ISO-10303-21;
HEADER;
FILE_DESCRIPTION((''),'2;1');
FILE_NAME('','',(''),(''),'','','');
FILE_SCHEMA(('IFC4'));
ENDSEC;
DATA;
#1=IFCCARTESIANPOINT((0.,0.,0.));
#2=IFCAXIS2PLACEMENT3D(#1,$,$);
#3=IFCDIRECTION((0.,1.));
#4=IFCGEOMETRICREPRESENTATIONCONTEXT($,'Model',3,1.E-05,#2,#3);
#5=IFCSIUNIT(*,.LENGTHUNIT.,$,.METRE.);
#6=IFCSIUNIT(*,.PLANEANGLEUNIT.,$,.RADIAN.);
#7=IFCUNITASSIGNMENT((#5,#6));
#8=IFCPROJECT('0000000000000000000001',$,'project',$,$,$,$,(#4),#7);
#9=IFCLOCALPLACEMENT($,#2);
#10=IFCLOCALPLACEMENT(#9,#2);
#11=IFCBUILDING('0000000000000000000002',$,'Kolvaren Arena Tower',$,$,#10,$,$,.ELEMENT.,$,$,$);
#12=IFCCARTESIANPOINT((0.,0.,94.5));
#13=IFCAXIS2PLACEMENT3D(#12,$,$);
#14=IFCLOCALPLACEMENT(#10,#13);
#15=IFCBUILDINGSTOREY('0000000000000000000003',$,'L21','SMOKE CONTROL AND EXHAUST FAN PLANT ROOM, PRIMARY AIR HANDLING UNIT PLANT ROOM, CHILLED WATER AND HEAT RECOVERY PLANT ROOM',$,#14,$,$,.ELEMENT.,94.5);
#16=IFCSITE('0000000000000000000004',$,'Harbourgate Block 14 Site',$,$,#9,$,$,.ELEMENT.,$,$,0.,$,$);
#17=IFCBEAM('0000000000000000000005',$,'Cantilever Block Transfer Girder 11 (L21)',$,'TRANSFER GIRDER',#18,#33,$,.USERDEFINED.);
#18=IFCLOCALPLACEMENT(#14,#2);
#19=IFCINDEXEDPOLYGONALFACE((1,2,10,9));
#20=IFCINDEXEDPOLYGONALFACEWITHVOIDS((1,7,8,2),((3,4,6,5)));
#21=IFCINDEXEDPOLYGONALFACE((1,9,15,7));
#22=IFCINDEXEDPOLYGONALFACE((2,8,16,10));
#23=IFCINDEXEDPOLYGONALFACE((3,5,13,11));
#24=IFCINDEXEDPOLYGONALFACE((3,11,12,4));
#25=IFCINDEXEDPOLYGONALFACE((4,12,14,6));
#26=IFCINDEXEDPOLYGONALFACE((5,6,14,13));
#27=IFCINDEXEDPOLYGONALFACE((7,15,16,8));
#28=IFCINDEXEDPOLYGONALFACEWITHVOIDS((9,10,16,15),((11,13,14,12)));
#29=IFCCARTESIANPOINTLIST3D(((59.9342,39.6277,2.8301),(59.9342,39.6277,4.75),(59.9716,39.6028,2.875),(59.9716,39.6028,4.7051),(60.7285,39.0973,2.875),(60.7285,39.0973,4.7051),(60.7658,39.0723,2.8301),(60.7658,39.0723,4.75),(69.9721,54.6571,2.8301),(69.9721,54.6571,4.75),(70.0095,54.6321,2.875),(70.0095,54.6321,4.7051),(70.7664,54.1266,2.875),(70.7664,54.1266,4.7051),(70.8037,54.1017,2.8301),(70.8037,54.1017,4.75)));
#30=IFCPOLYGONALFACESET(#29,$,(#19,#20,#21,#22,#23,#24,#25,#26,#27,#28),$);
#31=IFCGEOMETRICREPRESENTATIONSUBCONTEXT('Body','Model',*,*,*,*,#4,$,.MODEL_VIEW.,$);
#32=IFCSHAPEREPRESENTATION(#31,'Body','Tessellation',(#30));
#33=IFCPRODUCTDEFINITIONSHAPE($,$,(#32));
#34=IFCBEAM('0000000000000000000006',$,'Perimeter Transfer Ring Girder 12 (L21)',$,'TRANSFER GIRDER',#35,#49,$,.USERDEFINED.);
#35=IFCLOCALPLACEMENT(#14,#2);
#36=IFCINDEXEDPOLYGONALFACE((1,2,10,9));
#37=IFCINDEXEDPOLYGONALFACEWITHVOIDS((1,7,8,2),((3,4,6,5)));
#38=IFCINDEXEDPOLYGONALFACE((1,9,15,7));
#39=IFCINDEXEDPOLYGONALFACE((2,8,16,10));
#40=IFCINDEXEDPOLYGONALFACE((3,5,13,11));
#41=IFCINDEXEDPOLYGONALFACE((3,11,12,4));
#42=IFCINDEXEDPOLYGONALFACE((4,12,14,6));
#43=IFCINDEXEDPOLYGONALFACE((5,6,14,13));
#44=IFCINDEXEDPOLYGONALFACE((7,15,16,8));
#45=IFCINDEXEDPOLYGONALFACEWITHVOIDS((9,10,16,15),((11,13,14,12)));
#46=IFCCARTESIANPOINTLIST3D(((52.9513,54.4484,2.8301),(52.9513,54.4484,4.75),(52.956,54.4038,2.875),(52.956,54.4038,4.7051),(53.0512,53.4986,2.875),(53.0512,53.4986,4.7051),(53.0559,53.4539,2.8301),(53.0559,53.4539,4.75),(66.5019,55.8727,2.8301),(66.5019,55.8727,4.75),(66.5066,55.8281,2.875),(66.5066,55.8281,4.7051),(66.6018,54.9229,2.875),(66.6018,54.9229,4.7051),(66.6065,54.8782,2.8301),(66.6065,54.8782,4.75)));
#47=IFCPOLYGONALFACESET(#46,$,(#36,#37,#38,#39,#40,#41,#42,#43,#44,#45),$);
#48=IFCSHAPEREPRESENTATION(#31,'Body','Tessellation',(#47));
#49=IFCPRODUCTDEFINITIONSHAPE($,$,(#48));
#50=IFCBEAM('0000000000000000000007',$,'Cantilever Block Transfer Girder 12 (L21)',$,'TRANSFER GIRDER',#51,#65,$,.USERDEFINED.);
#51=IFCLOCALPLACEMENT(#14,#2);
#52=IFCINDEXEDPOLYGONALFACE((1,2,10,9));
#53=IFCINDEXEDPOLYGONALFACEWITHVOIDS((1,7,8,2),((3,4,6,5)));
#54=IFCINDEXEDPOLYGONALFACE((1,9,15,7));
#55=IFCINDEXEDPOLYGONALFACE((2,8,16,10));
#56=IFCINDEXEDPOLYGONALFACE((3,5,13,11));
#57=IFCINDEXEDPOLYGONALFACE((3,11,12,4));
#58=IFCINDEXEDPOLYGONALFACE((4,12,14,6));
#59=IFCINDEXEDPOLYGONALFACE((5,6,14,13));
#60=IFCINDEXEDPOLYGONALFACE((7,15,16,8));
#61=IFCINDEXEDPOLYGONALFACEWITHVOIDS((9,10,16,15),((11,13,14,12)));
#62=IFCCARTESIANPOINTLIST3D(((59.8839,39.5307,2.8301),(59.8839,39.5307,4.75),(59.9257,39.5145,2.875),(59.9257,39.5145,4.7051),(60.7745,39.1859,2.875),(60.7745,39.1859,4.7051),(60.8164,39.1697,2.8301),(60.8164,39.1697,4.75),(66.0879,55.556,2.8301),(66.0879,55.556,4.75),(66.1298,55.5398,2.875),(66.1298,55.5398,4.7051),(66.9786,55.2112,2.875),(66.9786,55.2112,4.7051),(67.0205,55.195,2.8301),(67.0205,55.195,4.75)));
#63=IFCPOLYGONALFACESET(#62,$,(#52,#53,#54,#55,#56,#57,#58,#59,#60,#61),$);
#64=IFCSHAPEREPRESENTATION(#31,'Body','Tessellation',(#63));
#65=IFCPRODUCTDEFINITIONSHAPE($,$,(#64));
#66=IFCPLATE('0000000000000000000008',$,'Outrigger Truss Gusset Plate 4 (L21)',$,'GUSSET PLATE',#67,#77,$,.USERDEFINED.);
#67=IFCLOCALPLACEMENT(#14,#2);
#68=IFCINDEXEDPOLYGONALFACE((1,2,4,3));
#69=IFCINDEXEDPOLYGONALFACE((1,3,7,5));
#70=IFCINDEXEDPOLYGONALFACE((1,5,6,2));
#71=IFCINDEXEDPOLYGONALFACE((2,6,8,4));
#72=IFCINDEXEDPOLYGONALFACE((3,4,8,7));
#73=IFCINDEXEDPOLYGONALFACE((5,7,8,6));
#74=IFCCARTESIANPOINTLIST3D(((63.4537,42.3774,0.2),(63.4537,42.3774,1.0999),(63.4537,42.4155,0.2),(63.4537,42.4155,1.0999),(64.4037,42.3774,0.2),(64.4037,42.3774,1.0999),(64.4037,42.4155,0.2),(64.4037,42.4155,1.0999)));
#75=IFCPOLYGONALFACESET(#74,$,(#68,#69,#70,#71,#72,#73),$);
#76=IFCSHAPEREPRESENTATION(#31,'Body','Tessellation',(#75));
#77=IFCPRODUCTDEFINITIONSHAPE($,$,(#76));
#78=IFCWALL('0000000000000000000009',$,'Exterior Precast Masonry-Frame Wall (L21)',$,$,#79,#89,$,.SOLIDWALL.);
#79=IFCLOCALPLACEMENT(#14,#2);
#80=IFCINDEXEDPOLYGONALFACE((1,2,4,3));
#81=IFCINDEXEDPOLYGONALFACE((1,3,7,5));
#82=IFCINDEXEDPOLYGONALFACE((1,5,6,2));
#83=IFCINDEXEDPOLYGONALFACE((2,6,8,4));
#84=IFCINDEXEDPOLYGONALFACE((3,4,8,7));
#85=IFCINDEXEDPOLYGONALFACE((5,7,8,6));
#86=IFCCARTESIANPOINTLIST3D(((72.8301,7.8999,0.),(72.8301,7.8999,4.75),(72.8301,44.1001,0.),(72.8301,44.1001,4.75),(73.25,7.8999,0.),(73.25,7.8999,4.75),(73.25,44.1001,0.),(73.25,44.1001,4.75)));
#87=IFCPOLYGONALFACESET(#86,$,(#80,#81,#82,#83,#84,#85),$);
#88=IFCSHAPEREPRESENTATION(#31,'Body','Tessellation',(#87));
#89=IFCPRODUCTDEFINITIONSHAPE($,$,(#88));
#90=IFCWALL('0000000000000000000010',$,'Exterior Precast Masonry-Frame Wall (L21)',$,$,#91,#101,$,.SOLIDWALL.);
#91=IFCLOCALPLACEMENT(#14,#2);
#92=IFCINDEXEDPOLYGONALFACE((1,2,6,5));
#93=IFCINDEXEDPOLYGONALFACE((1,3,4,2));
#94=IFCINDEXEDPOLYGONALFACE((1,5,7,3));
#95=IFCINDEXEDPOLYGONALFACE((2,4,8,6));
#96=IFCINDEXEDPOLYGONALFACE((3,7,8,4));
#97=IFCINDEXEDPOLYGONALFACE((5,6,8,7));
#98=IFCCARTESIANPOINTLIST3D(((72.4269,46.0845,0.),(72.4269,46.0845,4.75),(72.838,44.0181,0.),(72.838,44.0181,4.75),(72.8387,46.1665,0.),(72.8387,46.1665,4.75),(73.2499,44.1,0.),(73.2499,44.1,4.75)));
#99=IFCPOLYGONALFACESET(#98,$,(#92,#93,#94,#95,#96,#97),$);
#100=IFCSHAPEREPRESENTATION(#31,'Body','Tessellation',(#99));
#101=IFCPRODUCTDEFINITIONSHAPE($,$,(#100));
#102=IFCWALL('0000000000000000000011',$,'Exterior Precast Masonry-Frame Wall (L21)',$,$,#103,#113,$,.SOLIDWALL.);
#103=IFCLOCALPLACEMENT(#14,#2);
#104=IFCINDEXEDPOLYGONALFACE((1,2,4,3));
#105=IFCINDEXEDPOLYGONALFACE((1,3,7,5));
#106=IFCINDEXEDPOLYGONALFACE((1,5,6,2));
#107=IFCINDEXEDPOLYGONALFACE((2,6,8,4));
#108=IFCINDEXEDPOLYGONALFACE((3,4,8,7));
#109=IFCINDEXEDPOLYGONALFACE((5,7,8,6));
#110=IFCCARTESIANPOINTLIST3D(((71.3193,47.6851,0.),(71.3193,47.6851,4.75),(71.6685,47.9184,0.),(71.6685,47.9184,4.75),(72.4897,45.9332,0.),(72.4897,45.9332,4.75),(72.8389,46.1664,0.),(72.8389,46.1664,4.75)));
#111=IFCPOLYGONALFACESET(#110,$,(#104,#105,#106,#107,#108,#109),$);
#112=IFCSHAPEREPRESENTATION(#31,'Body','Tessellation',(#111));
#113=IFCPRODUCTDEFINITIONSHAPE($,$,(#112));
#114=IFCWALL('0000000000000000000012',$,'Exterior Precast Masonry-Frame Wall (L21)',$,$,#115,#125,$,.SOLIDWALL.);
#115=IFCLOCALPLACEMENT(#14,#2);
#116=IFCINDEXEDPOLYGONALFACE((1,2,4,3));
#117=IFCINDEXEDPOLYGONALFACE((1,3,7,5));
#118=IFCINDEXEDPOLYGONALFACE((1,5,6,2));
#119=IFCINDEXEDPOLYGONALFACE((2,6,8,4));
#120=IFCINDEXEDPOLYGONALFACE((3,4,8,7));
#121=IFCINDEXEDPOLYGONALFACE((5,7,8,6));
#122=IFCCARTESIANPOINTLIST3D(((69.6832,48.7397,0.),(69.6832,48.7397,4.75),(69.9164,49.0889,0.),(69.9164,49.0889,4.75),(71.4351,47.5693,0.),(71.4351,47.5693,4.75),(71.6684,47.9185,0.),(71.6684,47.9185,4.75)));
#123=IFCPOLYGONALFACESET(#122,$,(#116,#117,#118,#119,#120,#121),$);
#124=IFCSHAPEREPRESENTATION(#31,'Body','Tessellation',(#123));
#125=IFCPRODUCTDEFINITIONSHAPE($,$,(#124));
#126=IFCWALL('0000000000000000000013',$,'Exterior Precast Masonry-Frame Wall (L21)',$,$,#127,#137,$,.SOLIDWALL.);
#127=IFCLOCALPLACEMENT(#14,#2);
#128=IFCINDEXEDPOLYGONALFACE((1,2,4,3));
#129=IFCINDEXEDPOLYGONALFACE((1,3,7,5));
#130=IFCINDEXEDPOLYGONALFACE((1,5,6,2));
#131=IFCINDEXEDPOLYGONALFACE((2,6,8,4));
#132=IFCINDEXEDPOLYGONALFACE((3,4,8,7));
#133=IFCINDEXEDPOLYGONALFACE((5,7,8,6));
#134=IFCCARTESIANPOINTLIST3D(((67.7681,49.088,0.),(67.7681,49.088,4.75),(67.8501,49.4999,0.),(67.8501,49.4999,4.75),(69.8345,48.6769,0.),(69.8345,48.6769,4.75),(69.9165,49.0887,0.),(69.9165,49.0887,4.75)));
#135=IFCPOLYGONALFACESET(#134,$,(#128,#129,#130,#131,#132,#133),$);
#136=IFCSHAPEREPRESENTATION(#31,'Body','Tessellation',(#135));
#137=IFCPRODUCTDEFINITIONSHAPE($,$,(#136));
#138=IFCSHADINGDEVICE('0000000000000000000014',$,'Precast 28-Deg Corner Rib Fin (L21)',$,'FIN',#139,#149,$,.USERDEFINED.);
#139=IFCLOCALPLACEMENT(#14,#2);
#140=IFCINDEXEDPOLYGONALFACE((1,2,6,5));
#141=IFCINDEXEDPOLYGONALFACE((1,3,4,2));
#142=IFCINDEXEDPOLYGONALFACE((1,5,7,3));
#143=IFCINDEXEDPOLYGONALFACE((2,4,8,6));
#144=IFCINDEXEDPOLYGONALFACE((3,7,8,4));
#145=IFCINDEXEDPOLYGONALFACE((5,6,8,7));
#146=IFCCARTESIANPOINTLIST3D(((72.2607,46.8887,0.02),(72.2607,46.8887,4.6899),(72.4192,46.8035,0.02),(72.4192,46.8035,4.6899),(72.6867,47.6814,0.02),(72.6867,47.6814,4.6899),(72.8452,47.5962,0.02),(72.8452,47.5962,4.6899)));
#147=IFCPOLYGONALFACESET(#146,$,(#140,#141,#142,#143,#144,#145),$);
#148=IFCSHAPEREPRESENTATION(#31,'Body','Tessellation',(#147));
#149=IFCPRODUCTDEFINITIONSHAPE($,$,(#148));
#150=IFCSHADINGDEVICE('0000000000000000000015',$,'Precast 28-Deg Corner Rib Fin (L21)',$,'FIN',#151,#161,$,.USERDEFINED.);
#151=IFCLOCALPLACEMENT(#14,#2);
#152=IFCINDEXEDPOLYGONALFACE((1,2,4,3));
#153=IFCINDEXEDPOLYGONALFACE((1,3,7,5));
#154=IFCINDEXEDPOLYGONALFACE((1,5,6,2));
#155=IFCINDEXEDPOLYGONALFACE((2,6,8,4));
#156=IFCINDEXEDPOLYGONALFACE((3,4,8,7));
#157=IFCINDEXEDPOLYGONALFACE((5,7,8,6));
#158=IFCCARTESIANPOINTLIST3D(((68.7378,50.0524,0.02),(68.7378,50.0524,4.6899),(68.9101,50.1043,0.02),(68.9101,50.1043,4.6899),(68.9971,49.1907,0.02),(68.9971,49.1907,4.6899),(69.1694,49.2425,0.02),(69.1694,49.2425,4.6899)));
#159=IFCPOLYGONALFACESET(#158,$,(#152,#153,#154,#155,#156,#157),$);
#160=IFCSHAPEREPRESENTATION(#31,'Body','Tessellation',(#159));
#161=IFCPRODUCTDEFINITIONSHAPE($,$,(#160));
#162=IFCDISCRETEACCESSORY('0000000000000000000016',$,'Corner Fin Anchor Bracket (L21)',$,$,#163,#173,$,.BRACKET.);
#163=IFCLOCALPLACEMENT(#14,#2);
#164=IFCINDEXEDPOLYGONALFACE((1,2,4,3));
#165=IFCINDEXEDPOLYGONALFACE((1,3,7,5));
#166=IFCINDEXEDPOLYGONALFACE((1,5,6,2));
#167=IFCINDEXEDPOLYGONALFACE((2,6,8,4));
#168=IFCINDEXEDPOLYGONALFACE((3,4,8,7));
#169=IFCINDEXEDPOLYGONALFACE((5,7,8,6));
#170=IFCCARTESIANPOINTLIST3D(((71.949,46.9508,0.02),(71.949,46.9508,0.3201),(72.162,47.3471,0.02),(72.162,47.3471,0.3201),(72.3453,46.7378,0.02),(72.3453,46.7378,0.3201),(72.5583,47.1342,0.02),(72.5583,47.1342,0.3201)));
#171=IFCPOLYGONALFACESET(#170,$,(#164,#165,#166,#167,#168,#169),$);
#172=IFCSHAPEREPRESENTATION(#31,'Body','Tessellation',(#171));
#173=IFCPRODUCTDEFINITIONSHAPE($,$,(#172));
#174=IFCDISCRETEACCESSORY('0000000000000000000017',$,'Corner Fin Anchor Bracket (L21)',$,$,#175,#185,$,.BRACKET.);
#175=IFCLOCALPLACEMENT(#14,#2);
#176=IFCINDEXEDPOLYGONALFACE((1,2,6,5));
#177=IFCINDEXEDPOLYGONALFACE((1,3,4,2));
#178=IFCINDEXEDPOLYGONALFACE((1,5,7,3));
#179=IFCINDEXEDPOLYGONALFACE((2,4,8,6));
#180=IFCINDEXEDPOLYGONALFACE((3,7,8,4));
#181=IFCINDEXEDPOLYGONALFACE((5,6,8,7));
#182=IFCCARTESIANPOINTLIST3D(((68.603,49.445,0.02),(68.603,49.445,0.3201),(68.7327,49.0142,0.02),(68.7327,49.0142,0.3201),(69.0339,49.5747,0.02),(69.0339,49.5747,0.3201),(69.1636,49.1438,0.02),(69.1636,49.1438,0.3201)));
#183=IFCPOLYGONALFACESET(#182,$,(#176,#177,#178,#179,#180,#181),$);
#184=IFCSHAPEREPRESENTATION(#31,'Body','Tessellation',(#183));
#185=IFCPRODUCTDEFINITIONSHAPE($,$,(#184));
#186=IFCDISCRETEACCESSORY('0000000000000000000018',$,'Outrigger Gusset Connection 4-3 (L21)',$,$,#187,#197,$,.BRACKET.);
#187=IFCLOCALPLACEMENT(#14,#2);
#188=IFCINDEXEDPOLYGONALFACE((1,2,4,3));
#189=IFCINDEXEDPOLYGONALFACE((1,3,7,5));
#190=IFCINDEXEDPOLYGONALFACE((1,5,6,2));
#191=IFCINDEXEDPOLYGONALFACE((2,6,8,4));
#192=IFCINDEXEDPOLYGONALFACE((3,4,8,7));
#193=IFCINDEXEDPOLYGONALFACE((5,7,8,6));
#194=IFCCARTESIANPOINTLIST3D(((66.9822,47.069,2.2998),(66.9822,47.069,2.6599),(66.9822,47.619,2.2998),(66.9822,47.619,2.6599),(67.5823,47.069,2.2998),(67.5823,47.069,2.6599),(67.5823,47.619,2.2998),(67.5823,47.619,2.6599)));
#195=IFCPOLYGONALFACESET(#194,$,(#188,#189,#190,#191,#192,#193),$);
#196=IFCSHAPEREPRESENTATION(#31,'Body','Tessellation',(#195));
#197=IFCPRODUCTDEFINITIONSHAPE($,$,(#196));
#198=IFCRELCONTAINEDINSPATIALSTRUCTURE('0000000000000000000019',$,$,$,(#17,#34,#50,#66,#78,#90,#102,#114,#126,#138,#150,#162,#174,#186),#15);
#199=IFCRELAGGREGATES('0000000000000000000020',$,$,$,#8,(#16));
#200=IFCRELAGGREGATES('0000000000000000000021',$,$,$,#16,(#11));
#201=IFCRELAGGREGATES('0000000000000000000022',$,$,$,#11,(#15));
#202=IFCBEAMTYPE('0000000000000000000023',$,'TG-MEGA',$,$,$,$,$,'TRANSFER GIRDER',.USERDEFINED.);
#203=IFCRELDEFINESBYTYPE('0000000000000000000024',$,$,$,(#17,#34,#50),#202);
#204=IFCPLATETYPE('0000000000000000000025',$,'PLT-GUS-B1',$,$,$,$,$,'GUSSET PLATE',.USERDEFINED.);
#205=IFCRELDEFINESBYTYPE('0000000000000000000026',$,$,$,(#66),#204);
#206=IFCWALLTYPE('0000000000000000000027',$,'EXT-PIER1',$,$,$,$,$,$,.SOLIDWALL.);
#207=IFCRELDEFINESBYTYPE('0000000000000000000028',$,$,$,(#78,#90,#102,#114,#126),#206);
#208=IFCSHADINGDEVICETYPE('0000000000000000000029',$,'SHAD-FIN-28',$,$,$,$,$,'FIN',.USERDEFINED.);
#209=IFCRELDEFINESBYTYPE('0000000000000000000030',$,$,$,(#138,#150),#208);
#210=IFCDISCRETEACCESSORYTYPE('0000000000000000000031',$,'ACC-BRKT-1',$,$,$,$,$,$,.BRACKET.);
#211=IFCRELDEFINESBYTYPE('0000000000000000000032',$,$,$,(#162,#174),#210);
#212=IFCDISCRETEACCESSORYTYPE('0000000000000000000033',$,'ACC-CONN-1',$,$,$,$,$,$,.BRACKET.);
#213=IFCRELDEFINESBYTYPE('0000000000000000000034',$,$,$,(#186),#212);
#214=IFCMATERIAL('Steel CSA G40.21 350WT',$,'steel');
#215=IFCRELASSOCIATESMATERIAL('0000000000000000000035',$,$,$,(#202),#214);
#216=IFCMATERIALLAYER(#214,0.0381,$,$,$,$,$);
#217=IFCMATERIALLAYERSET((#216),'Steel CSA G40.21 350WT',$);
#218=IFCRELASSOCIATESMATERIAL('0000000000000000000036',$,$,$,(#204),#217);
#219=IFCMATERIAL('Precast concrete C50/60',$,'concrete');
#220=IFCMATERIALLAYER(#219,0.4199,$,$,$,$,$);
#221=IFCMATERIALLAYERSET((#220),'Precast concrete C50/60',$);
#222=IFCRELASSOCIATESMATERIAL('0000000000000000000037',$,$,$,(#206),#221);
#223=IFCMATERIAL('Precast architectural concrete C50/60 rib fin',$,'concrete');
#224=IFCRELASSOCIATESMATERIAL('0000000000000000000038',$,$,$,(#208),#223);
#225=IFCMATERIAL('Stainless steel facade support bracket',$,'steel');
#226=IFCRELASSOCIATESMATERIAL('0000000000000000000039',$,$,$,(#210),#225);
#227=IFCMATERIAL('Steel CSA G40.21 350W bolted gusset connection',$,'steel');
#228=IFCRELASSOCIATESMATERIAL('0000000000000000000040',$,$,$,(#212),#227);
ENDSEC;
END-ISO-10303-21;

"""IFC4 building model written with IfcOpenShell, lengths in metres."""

from ifc_helpers import new_model, si_unit, direction, frame, frame_2d, origin, origin_2d, place, context, subcontext, project, spatial, rectangle, hollow_rectangle, extrude, material, layer, layer_set, material_profile, profile_set, type_object, element, save


model = new_model("IFC4")

# Units and contexts
model_context = context("Model", 3, precision=1e-05, world=origin(), true_north=direction((0.0, 1.0)))
body_context = subcontext(model_context, "Body", "Model", "MODEL_VIEW")
ifc_project = project(units=[si_unit("LENGTHUNIT", "METRE"), si_unit("PLANEANGLEUNIT", "RADIAN")], contexts=[model_context])

# Site, building, storey
site_placement = place(None, origin())
site = spatial("IfcSite", under=ifc_project, at=site_placement, Name="Harbourgate Block 14 Site", CompositionType="ELEMENT", RefElevation=0.0)
building_placement = place(site_placement, origin())
building = spatial("IfcBuilding", under=site, at=building_placement, Name="Kolvaren Arena Tower", CompositionType="ELEMENT")
storey_placement = place(building_placement, frame((0.0, 0.0, 94.5)))
storey = spatial("IfcBuildingStorey", under=building, at=storey_placement, Name="L21", Description="SMOKE CONTROL AND EXHAUST FAN PLANT ROOM, PRIMARY AIR HANDLING UNIT PLANT ROOM, CHILLED WATER AND HEAT RECOVERY PLANT ROOM", CompositionType="ELEMENT", Elevation=94.5)

# Shared definitions
ifc_material_1 = material(Name="Steel CSA G40.21 350WT", Category="steel")

# Beams
ifc_material_profile_1 = material_profile(ifc_material_1, hollow_rectangle(XDim=1.0, YDim=1.9199, WallThickness=0.0449, at=origin_2d()), Name="BOX 1000x1920x45")
ifc_profile_set_1 = profile_set([ifc_material_profile_1], Name="Steel CSA G40.21 350WT")
beam_type_1 = type_object("IfcBeamType", Name="TG-MEGA", ElementType="TRANSFER GIRDER", PredefinedType="USERDEFINED", material=ifc_profile_set_1)
beam_1_placement = place(storey_placement, frame((70.3879, 54.3794, 3.79), z_axis=(-0.555401, -0.831582, 0.0), x_axis=(0.831582, -0.555401, 0.0)))
element("IfcBeam", 1, at=beam_1_placement, inside=storey, type_object=beam_type_1, Name="Cantilever Block Transfer Girder 11 (L21)", ObjectType="TRANSFER GIRDER", PredefinedType="USERDEFINED", context=body_context, shape_type="SweptSolid", body=[
    extrude(hollow_rectangle(XDim=1.0, YDim=1.9199, WallThickness=0.0449, at=origin_2d()), origin(), (0.0, 0.0, 1.0), 18.0732),
])
beam_2_placement = place(storey_placement, frame((66.5542, 55.3755, 3.79), z_axis=(-0.994521, -0.104536, 0.0), x_axis=(0.104536, -0.994521, 0.0)))
element("IfcBeam", 2, at=beam_2_placement, inside=storey, type_object=beam_type_1, Name="Perimeter Transfer Ring Girder 12 (L21)", ObjectType="TRANSFER GIRDER", PredefinedType="USERDEFINED", context=body_context, shape_type="SweptSolid", body=[
    extrude(hollow_rectangle(XDim=1.0, YDim=1.9199, WallThickness=0.0449, at=origin_2d()), origin(), (0.0, 0.0, 1.0), 13.6252),
])
beam_3_placement = place(storey_placement, frame((66.5542, 55.3755, 3.79), z_axis=(-0.361031, -0.932554, 0.0), x_axis=(0.932554, -0.361031, 0.0)))
element("IfcBeam", 3, at=beam_3_placement, inside=storey, type_object=beam_type_1, Name="Cantilever Block Transfer Girder 12 (L21)", ObjectType="TRANSFER GIRDER", PredefinedType="USERDEFINED", context=body_context, shape_type="SweptSolid", body=[
    extrude(hollow_rectangle(XDim=1.0, YDim=1.9199, WallThickness=0.0449, at=origin_2d()), origin(), (0.0, 0.0, 1.0), 17.1843),
])

# Plate
ifc_layer_1 = layer(ifc_material_1, 0.0381)
ifc_layer_set_1 = layer_set([ifc_layer_1], Name="Steel CSA G40.21 350WT")
plate_type = type_object("IfcPlateType", Name="PLT-GUS-B1", ElementType="GUSSET PLATE", PredefinedType="USERDEFINED", material=ifc_layer_set_1)
plate_placement = place(storey_placement, frame((63.9287, 42.3965, 0.2), z_axis=(0.0, 0.0, 1.0), x_axis=(1.0, 0.0, 0.0)))
element("IfcPlate", 4, at=plate_placement, inside=storey, type_object=plate_type, Name="Outrigger Truss Gusset Plate 4 (L21)", ObjectType="GUSSET PLATE", PredefinedType="USERDEFINED", context=body_context, shape_type="SweptSolid", body=[
    extrude(rectangle(XDim=0.95, YDim=0.0381, at=origin_2d()), origin(), (0.0, 0.0, 1.0), 0.8999),
])

# Walls
ifc_material_2 = material(Name="Precast concrete C50/60", Category="concrete")
ifc_layer_2 = layer(ifc_material_2, 0.4199)
ifc_layer_set_2 = layer_set([ifc_layer_2], Name="Precast concrete C50/60")
wall_type = type_object("IfcWallType", Name="EXT-PIER1", PredefinedType="SOLIDWALL", material=ifc_layer_set_2)
wall_placement = place(storey_placement, frame((73.04, 44.1001, 0.0), z_axis=(0.0, 0.0, 1.0), x_axis=(0.0, -1.0, 0.0)))
element("IfcWall", 5, at=wall_placement, inside=storey, type_object=wall_type, Name="Exterior Precast Masonry-Frame Wall (L21)", PredefinedType="SOLIDWALL", context=body_context, shape_type="SweptSolid", body=[
    extrude(rectangle(XDim=36.2002, YDim=0.4199, at=frame_2d((18.1001, 0.0))), origin(), (0.0, 0.0, 1.0), 4.75),
])
for number, where, z_axis, x_axis, name in (
    (6, (72.6328, 46.1255, 0.0), (0.0, 0.0, 1.0), (0.195136, -0.980776, 0.0), "Exterior Precast Masonry-Frame Wall (L21)"),
    (7, (71.4939, 47.8018, 0.0), (0.0, 0.0, 1.0), (0.555502, -0.831515, 0.0), "Exterior Precast Masonry-Frame Wall (L21)"),
    (8, (69.7998, 48.9143, 0.0), (0.0, 0.0, 1.0), (0.831515, -0.555502, 0.0), "Exterior Precast Masonry-Frame Wall (L21)"),
    (9, (67.8091, 49.2939, 0.0), (0.0, 0.0, 1.0), (0.980776, -0.195136, 0.0), "Exterior Precast Masonry-Frame Wall (L21)"),
):
    element("IfcWall", number, at=place(storey_placement, frame(where, z_axis=z_axis, x_axis=x_axis)), inside=storey, type_object=wall_type, Name=name, PredefinedType="SOLIDWALL", context=body_context, shape_type="SweptSolid", body=[
        extrude(rectangle(XDim=2.1069, YDim=0.4199, at=frame_2d((1.0535, 0.0))), origin(), (0.0, 0.0, 1.0), 4.75),
    ])

# Shading devices
ifc_material_3 = material(Name="Precast architectural concrete C50/60 rib fin", Category="concrete")
shading_device_type = type_object("IfcShadingDeviceType", Name="SHAD-FIN-28", ElementType="FIN", PredefinedType="USERDEFINED", material=ifc_material_3)
for number, where, z_axis, x_axis, name in (
    (10, (72.553, 47.2424, 0.02), (0.0, 0.0, 1.0), (0.473349, 0.880875, 0.0), "Precast 28-Deg Corner Rib Fin (L21)"),
    (11, (68.9536, 49.6475, 0.02), (0.0, 0.0, 1.0), (-0.288175, 0.957578, 0.0), "Precast 28-Deg Corner Rib Fin (L21)"),
):
    element("IfcShadingDevice", number, at=place(storey_placement, frame(where, z_axis=z_axis, x_axis=x_axis)), inside=storey, type_object=shading_device_type, Name=name, ObjectType="FIN", PredefinedType="USERDEFINED", context=body_context, shape_type="SweptSolid", body=[
        extrude(rectangle(XDim=0.8999, YDim=0.1799, at=origin_2d()), origin(), (0.0, 0.0, 1.0), 4.6699),
    ])

# Discrete accessories
ifc_material_4 = material(Name="Stainless steel facade support bracket", Category="steel")
discrete_accessory_type_1 = type_object("IfcDiscreteAccessoryType", Name="ACC-BRKT-1", PredefinedType="BRACKET", material=ifc_material_4)
for number, where, z_axis, x_axis, name in (
    (12, (72.2537, 47.0425, 0.02), (0.0, 0.0, 1.0), (0.473349, 0.880875, 0.0), "Corner Fin Anchor Bracket (L21)"),
    (13, (68.8833, 49.2944, 0.02), (0.0, 0.0, 1.0), (-0.288175, 0.957578, 0.0), "Corner Fin Anchor Bracket (L21)"),
):
    element("IfcDiscreteAccessory", number, at=place(storey_placement, frame(where, z_axis=z_axis, x_axis=x_axis)), inside=storey, type_object=discrete_accessory_type_1, Name=name, PredefinedType="BRACKET", context=body_context, shape_type="SweptSolid", body=[
        extrude(rectangle(XDim=0.45, YDim=0.45, at=origin_2d()), origin(), (0.0, 0.0, 1.0), 0.3),
    ])
ifc_material_5 = material(Name="Steel CSA G40.21 350W bolted gusset connection", Category="steel")
discrete_accessory_type_2 = type_object("IfcDiscreteAccessoryType", Name="ACC-CONN-1", PredefinedType="BRACKET", material=ifc_material_5)
for number, where, z_axis, x_axis, name in (
    (14, (67.2822, 47.344, 2.2998), (0.0, 0.0, 1.0), (1.0, 0.0, 0.0), "Outrigger Gusset Connection 4-3 (L21)"),
):
    element("IfcDiscreteAccessory", number, at=place(storey_placement, frame(where, z_axis=z_axis, x_axis=x_axis)), inside=storey, type_object=discrete_accessory_type_2, Name=name, PredefinedType="BRACKET", context=body_context, shape_type="SweptSolid", body=[
        extrude(rectangle(XDim=0.6001, YDim=0.55, at=origin_2d()), origin(), (0.0, 0.0, 1.0), 0.3601),
    ])

save(model, "model.ifc")
